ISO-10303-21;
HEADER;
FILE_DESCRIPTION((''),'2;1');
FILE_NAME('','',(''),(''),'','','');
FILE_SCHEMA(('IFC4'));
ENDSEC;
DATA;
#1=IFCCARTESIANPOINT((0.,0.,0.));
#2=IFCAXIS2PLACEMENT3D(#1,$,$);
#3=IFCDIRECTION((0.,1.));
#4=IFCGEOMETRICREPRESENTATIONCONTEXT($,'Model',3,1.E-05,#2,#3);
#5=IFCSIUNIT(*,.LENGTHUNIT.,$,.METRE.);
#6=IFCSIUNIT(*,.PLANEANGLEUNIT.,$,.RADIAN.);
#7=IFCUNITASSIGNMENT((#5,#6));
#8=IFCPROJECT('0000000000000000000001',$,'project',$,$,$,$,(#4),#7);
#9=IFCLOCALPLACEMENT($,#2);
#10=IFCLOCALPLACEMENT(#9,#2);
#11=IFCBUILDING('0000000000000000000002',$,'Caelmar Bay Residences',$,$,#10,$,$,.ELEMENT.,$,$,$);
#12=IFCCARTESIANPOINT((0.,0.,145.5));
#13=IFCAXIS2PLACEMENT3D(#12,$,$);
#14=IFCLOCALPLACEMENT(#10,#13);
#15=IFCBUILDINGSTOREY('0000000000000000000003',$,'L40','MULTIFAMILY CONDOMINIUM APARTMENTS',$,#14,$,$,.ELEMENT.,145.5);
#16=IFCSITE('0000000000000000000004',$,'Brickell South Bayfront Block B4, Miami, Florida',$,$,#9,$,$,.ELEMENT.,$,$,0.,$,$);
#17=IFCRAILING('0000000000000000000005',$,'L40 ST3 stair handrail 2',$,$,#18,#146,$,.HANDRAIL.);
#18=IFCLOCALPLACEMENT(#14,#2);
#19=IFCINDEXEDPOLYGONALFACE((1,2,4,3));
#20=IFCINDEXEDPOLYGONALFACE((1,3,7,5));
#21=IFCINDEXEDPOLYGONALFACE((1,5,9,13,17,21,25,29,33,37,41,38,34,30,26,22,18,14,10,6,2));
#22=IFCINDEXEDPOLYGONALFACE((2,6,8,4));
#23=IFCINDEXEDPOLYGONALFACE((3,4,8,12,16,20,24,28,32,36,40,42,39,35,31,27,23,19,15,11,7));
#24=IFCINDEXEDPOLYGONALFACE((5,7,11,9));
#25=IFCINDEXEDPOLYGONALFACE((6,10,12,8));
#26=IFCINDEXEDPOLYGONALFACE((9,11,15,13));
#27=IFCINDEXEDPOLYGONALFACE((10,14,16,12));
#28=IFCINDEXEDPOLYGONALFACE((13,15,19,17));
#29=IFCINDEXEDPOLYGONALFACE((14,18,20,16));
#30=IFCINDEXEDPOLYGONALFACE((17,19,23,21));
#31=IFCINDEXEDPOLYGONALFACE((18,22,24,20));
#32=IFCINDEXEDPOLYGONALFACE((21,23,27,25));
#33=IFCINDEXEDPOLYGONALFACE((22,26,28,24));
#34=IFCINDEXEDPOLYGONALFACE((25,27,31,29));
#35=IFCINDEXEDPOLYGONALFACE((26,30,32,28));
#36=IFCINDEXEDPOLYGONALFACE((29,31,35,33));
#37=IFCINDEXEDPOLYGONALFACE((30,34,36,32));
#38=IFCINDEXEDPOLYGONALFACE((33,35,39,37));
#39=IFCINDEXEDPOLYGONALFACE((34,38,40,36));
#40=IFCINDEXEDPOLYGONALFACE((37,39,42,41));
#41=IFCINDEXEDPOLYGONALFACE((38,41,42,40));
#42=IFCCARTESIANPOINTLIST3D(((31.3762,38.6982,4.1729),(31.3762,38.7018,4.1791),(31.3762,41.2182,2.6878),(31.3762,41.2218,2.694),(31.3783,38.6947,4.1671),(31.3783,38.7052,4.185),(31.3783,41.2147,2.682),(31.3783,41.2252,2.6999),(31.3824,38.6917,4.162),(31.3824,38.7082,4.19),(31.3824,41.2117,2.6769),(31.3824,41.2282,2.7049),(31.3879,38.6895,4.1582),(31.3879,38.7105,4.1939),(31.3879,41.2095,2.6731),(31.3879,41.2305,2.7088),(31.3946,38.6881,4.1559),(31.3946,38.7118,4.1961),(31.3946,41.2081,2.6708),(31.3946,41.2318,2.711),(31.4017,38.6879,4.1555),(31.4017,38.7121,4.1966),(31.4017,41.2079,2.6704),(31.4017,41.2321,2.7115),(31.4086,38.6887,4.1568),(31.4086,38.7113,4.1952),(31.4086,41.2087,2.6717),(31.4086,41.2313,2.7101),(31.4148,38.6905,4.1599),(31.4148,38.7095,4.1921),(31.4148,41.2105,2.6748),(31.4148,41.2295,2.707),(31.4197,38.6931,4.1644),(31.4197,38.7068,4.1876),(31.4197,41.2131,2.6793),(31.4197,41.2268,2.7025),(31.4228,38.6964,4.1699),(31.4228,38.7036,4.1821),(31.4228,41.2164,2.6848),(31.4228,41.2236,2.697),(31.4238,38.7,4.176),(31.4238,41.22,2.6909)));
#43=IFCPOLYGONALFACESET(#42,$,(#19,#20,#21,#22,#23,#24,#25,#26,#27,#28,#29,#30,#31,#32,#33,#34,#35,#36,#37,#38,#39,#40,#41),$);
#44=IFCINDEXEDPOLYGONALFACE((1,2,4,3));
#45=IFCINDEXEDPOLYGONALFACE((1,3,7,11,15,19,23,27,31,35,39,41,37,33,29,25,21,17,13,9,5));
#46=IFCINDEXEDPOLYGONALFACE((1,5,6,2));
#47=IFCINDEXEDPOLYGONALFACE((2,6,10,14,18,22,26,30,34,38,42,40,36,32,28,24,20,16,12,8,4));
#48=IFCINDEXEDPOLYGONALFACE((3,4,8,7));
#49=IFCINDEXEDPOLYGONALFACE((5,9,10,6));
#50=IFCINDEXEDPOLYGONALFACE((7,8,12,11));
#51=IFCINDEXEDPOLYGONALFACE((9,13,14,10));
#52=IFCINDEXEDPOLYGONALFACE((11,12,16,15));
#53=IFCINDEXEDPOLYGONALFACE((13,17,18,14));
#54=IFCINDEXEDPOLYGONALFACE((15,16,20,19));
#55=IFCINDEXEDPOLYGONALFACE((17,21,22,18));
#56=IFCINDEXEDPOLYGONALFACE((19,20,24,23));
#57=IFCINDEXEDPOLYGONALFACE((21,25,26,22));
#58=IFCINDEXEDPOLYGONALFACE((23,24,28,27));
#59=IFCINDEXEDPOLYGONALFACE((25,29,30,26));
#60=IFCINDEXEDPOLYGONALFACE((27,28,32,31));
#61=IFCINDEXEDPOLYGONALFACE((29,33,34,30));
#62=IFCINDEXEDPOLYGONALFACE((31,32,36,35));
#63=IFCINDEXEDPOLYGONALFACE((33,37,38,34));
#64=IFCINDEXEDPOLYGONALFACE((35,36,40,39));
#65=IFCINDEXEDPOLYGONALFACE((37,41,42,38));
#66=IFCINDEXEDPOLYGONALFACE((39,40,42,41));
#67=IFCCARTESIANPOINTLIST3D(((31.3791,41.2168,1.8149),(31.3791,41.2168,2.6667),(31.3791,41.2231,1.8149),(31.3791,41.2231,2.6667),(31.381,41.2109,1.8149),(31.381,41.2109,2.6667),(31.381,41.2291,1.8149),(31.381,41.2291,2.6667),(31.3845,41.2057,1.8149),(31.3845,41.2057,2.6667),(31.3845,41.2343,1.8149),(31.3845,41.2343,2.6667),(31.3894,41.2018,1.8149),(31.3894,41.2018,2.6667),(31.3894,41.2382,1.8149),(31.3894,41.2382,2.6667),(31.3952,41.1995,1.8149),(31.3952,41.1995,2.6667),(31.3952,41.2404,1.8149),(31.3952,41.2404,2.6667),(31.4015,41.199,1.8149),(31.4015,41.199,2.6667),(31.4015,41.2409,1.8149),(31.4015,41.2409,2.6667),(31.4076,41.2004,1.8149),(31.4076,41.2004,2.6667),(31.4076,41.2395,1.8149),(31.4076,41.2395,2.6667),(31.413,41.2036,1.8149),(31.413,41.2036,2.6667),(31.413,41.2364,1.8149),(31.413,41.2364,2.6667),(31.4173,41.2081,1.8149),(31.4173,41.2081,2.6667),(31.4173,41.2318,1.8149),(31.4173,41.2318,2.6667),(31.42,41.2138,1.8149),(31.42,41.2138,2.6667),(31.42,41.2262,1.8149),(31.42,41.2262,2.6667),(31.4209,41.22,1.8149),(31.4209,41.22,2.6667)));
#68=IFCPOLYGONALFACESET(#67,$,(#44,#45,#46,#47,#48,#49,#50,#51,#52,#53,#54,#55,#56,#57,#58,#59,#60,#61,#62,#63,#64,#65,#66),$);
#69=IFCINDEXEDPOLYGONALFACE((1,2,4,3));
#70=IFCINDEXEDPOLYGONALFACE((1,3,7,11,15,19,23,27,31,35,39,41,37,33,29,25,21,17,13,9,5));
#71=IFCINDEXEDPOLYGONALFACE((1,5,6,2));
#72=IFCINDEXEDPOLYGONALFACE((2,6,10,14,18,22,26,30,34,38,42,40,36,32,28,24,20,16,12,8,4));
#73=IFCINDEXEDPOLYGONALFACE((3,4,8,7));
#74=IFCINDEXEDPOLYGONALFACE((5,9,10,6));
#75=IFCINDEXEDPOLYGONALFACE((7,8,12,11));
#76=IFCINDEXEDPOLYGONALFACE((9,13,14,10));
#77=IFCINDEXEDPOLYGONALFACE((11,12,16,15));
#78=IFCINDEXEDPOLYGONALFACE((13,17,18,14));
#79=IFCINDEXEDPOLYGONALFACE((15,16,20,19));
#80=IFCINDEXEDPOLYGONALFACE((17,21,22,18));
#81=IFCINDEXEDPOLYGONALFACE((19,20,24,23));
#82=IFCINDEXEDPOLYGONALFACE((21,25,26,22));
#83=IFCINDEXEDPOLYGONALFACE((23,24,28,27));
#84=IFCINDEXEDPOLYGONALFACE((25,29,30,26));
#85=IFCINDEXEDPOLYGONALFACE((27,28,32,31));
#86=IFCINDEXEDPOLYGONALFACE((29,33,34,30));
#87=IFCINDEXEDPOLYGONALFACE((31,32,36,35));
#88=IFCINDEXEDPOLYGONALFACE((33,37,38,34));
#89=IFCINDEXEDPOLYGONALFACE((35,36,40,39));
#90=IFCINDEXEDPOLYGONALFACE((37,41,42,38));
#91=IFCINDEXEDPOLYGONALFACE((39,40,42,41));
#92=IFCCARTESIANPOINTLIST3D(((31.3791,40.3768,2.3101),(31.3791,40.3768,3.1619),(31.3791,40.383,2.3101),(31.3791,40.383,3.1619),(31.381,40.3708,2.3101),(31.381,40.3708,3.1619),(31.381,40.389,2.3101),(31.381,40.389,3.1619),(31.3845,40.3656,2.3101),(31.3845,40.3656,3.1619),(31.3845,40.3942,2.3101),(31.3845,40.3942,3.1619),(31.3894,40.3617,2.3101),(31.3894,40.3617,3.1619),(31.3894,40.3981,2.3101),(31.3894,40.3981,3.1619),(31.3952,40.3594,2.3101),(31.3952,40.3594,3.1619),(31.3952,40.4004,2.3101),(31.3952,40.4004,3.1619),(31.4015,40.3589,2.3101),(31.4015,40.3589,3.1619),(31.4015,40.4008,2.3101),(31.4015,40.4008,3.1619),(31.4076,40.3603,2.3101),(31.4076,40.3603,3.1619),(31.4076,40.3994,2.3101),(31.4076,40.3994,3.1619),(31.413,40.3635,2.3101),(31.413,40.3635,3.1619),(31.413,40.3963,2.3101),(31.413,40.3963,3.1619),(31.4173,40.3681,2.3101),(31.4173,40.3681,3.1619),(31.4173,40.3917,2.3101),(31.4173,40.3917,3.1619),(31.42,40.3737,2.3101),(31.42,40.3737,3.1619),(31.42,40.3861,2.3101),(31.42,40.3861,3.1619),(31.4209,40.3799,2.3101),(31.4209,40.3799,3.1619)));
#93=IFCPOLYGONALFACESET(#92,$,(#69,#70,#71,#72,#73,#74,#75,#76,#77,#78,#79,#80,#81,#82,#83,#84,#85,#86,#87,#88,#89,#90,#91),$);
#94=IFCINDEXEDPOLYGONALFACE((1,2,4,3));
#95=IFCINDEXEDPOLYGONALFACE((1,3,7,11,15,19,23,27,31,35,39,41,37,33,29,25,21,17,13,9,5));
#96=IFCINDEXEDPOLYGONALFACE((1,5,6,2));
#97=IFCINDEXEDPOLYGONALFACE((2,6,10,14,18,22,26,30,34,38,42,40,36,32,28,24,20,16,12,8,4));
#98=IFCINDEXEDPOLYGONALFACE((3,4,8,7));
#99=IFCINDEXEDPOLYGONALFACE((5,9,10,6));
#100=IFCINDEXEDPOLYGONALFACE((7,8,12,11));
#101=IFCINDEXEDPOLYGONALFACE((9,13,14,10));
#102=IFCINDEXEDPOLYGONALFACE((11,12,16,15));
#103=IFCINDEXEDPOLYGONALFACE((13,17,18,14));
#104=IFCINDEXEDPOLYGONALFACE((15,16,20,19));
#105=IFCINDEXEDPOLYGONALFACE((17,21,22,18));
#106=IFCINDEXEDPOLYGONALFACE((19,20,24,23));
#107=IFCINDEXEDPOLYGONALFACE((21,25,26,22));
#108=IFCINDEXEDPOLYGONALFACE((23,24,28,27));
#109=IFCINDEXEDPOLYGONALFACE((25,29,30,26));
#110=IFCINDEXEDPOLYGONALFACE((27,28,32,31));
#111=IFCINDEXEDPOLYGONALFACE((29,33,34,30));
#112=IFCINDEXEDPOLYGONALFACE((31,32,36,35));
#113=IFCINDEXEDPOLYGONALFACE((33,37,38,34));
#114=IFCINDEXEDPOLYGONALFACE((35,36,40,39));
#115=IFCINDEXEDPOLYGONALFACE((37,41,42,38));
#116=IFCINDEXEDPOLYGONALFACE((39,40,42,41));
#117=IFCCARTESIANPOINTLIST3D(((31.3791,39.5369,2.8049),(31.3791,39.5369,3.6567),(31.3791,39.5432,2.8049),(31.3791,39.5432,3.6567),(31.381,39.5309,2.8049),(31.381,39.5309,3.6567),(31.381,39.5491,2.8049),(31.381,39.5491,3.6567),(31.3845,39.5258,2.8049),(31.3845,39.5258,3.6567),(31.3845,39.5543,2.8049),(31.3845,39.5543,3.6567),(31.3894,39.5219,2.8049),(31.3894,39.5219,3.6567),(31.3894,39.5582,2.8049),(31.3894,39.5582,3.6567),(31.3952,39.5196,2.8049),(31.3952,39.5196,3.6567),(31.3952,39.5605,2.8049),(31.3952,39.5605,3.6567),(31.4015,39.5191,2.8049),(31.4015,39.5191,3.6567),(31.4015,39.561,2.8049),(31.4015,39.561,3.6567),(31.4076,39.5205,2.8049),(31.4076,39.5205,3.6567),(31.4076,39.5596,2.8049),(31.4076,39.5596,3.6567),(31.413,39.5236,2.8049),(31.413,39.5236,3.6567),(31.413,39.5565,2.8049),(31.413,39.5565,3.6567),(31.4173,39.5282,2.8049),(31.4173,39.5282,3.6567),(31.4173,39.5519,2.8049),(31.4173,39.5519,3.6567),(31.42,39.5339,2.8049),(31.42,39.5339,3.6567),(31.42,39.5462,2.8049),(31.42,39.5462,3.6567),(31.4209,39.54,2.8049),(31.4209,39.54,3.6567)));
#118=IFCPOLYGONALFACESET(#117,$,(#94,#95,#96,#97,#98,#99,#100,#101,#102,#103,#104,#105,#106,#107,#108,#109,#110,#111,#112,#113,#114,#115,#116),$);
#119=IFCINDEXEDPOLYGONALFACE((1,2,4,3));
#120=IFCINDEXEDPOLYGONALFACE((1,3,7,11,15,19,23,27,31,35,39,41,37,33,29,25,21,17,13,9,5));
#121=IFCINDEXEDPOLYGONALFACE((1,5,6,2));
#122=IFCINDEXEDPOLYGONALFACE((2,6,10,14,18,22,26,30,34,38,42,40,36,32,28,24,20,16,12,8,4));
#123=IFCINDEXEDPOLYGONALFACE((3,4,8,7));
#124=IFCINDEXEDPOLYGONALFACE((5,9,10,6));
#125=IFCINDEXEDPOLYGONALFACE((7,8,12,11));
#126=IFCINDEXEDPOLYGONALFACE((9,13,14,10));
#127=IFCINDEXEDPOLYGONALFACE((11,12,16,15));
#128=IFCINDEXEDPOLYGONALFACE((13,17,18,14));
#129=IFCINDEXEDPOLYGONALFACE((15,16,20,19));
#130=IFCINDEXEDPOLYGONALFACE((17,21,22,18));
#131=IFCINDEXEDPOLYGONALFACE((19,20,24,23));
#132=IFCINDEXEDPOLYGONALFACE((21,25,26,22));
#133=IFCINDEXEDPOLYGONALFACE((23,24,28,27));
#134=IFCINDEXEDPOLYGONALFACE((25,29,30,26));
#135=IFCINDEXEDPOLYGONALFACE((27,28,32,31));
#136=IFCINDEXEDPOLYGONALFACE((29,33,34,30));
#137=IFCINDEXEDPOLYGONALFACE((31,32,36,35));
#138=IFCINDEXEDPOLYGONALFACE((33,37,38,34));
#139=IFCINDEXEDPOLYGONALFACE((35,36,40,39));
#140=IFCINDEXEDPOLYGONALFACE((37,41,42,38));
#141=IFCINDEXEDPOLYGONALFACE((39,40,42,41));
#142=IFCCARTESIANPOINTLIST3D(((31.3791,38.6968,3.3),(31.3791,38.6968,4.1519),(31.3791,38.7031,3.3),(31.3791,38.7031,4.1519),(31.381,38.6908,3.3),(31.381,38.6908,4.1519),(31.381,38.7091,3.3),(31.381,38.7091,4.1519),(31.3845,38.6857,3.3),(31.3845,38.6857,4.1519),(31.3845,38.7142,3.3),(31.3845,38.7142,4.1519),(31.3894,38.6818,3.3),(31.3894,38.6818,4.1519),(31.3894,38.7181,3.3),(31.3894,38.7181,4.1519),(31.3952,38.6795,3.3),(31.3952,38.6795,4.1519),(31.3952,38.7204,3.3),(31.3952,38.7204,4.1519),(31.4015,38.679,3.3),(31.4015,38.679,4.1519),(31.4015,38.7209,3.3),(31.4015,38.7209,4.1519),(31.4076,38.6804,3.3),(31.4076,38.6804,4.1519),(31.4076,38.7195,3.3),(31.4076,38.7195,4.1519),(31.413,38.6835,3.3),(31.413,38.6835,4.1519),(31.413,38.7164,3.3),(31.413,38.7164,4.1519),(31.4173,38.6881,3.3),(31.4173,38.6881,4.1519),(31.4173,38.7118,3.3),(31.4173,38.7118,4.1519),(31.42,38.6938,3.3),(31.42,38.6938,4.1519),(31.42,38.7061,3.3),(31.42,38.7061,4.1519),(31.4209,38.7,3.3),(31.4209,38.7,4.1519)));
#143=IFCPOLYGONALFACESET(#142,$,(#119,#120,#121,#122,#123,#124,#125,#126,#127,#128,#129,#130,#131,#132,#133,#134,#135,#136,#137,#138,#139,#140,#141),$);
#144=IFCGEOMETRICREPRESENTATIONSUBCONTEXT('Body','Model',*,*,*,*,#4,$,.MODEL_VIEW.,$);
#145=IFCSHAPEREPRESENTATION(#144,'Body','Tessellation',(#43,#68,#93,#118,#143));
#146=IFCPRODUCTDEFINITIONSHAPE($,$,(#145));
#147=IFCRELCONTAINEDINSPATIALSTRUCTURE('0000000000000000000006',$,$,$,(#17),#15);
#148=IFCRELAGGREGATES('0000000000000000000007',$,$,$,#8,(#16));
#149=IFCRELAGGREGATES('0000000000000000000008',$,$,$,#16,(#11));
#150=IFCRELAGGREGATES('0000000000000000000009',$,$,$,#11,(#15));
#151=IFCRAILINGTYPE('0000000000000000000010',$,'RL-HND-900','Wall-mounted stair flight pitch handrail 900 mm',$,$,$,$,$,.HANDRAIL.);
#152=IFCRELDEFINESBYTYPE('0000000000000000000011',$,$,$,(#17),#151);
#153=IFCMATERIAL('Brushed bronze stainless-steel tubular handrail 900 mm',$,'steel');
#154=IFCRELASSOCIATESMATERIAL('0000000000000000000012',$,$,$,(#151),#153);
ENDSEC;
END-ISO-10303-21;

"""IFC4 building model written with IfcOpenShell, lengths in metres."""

from ifc_helpers import new_model, si_unit, direction, frame, origin, origin_2d, place, context, subcontext, project, spatial, circle, extrude, material, type_object, element, save


model = new_model("IFC4")

# Units and contexts
model_context = context("Model", 3, precision=1e-05, world=origin(), true_north=direction((0.0, 1.0)))
body_context = subcontext(model_context, "Body", "Model", "MODEL_VIEW")
ifc_project = project(units=[si_unit("LENGTHUNIT", "METRE"), si_unit("PLANEANGLEUNIT", "RADIAN")], contexts=[model_context])

# Site, building, storey
site_placement = place(None, origin())
site = spatial("IfcSite", under=ifc_project, at=site_placement, Name="Brickell South Bayfront Block B4, Miami, Florida", CompositionType="ELEMENT", RefElevation=0.0)
building_placement = place(site_placement, origin())
building = spatial("IfcBuilding", under=site, at=building_placement, Name="Caelmar Bay Residences", CompositionType="ELEMENT")
storey_placement = place(building_placement, frame((0.0, 0.0, 145.5)))
storey = spatial("IfcBuildingStorey", under=building, at=storey_placement, Name="L40", Description="MULTIFAMILY CONDOMINIUM APARTMENTS", CompositionType="ELEMENT", Elevation=145.5)

# Railing
ifc_material_1 = material(Name="Brushed bronze stainless-steel tubular handrail 900 mm", Category="steel")
railing_type_1 = type_object("IfcRailingType", Name="RL-HND-900", Description="Wall-mounted stair flight pitch handrail 900 mm", PredefinedType="HANDRAIL", material=ifc_material_1)
railing_1_placement = place(storey_placement, frame((31.3999, 41.22, 1.8149)))
element("IfcRailing", 1, at=railing_1_placement, inside=storey, type_object=railing_type_1, Name="L40 ST3 stair handrail 2", PredefinedType="HANDRAIL", context=body_context, shape_type="SweptSolid", body=[
    extrude(circle(Radius=0.0239, at=origin_2d()), frame((0.0, 0.0, 0.876), z_axis=(0.0, -0.861524, 0.507717), x_axis=(1.0, 0.0, 0.0)), (0.0, 0.0, 1.0), 2.925),
    extrude(circle(Radius=0.021, at=origin_2d()), origin(), (0.0, 0.0, 1.0), 0.8518),
    extrude(circle(Radius=0.021, at=origin_2d()), frame((0.0, -0.8401, 0.4951)), (0.0, 0.0, 1.0), 0.8518),
    extrude(circle(Radius=0.021, at=origin_2d()), frame((0.0, -1.6799, 0.99)), (0.0, 0.0, 1.0), 0.8518),
    extrude(circle(Radius=0.021, at=origin_2d()), frame((0.0, -2.52, 1.4851)), (0.0, 0.0, 1.0), 0.8518),
])

save(model, "model.ifc")
